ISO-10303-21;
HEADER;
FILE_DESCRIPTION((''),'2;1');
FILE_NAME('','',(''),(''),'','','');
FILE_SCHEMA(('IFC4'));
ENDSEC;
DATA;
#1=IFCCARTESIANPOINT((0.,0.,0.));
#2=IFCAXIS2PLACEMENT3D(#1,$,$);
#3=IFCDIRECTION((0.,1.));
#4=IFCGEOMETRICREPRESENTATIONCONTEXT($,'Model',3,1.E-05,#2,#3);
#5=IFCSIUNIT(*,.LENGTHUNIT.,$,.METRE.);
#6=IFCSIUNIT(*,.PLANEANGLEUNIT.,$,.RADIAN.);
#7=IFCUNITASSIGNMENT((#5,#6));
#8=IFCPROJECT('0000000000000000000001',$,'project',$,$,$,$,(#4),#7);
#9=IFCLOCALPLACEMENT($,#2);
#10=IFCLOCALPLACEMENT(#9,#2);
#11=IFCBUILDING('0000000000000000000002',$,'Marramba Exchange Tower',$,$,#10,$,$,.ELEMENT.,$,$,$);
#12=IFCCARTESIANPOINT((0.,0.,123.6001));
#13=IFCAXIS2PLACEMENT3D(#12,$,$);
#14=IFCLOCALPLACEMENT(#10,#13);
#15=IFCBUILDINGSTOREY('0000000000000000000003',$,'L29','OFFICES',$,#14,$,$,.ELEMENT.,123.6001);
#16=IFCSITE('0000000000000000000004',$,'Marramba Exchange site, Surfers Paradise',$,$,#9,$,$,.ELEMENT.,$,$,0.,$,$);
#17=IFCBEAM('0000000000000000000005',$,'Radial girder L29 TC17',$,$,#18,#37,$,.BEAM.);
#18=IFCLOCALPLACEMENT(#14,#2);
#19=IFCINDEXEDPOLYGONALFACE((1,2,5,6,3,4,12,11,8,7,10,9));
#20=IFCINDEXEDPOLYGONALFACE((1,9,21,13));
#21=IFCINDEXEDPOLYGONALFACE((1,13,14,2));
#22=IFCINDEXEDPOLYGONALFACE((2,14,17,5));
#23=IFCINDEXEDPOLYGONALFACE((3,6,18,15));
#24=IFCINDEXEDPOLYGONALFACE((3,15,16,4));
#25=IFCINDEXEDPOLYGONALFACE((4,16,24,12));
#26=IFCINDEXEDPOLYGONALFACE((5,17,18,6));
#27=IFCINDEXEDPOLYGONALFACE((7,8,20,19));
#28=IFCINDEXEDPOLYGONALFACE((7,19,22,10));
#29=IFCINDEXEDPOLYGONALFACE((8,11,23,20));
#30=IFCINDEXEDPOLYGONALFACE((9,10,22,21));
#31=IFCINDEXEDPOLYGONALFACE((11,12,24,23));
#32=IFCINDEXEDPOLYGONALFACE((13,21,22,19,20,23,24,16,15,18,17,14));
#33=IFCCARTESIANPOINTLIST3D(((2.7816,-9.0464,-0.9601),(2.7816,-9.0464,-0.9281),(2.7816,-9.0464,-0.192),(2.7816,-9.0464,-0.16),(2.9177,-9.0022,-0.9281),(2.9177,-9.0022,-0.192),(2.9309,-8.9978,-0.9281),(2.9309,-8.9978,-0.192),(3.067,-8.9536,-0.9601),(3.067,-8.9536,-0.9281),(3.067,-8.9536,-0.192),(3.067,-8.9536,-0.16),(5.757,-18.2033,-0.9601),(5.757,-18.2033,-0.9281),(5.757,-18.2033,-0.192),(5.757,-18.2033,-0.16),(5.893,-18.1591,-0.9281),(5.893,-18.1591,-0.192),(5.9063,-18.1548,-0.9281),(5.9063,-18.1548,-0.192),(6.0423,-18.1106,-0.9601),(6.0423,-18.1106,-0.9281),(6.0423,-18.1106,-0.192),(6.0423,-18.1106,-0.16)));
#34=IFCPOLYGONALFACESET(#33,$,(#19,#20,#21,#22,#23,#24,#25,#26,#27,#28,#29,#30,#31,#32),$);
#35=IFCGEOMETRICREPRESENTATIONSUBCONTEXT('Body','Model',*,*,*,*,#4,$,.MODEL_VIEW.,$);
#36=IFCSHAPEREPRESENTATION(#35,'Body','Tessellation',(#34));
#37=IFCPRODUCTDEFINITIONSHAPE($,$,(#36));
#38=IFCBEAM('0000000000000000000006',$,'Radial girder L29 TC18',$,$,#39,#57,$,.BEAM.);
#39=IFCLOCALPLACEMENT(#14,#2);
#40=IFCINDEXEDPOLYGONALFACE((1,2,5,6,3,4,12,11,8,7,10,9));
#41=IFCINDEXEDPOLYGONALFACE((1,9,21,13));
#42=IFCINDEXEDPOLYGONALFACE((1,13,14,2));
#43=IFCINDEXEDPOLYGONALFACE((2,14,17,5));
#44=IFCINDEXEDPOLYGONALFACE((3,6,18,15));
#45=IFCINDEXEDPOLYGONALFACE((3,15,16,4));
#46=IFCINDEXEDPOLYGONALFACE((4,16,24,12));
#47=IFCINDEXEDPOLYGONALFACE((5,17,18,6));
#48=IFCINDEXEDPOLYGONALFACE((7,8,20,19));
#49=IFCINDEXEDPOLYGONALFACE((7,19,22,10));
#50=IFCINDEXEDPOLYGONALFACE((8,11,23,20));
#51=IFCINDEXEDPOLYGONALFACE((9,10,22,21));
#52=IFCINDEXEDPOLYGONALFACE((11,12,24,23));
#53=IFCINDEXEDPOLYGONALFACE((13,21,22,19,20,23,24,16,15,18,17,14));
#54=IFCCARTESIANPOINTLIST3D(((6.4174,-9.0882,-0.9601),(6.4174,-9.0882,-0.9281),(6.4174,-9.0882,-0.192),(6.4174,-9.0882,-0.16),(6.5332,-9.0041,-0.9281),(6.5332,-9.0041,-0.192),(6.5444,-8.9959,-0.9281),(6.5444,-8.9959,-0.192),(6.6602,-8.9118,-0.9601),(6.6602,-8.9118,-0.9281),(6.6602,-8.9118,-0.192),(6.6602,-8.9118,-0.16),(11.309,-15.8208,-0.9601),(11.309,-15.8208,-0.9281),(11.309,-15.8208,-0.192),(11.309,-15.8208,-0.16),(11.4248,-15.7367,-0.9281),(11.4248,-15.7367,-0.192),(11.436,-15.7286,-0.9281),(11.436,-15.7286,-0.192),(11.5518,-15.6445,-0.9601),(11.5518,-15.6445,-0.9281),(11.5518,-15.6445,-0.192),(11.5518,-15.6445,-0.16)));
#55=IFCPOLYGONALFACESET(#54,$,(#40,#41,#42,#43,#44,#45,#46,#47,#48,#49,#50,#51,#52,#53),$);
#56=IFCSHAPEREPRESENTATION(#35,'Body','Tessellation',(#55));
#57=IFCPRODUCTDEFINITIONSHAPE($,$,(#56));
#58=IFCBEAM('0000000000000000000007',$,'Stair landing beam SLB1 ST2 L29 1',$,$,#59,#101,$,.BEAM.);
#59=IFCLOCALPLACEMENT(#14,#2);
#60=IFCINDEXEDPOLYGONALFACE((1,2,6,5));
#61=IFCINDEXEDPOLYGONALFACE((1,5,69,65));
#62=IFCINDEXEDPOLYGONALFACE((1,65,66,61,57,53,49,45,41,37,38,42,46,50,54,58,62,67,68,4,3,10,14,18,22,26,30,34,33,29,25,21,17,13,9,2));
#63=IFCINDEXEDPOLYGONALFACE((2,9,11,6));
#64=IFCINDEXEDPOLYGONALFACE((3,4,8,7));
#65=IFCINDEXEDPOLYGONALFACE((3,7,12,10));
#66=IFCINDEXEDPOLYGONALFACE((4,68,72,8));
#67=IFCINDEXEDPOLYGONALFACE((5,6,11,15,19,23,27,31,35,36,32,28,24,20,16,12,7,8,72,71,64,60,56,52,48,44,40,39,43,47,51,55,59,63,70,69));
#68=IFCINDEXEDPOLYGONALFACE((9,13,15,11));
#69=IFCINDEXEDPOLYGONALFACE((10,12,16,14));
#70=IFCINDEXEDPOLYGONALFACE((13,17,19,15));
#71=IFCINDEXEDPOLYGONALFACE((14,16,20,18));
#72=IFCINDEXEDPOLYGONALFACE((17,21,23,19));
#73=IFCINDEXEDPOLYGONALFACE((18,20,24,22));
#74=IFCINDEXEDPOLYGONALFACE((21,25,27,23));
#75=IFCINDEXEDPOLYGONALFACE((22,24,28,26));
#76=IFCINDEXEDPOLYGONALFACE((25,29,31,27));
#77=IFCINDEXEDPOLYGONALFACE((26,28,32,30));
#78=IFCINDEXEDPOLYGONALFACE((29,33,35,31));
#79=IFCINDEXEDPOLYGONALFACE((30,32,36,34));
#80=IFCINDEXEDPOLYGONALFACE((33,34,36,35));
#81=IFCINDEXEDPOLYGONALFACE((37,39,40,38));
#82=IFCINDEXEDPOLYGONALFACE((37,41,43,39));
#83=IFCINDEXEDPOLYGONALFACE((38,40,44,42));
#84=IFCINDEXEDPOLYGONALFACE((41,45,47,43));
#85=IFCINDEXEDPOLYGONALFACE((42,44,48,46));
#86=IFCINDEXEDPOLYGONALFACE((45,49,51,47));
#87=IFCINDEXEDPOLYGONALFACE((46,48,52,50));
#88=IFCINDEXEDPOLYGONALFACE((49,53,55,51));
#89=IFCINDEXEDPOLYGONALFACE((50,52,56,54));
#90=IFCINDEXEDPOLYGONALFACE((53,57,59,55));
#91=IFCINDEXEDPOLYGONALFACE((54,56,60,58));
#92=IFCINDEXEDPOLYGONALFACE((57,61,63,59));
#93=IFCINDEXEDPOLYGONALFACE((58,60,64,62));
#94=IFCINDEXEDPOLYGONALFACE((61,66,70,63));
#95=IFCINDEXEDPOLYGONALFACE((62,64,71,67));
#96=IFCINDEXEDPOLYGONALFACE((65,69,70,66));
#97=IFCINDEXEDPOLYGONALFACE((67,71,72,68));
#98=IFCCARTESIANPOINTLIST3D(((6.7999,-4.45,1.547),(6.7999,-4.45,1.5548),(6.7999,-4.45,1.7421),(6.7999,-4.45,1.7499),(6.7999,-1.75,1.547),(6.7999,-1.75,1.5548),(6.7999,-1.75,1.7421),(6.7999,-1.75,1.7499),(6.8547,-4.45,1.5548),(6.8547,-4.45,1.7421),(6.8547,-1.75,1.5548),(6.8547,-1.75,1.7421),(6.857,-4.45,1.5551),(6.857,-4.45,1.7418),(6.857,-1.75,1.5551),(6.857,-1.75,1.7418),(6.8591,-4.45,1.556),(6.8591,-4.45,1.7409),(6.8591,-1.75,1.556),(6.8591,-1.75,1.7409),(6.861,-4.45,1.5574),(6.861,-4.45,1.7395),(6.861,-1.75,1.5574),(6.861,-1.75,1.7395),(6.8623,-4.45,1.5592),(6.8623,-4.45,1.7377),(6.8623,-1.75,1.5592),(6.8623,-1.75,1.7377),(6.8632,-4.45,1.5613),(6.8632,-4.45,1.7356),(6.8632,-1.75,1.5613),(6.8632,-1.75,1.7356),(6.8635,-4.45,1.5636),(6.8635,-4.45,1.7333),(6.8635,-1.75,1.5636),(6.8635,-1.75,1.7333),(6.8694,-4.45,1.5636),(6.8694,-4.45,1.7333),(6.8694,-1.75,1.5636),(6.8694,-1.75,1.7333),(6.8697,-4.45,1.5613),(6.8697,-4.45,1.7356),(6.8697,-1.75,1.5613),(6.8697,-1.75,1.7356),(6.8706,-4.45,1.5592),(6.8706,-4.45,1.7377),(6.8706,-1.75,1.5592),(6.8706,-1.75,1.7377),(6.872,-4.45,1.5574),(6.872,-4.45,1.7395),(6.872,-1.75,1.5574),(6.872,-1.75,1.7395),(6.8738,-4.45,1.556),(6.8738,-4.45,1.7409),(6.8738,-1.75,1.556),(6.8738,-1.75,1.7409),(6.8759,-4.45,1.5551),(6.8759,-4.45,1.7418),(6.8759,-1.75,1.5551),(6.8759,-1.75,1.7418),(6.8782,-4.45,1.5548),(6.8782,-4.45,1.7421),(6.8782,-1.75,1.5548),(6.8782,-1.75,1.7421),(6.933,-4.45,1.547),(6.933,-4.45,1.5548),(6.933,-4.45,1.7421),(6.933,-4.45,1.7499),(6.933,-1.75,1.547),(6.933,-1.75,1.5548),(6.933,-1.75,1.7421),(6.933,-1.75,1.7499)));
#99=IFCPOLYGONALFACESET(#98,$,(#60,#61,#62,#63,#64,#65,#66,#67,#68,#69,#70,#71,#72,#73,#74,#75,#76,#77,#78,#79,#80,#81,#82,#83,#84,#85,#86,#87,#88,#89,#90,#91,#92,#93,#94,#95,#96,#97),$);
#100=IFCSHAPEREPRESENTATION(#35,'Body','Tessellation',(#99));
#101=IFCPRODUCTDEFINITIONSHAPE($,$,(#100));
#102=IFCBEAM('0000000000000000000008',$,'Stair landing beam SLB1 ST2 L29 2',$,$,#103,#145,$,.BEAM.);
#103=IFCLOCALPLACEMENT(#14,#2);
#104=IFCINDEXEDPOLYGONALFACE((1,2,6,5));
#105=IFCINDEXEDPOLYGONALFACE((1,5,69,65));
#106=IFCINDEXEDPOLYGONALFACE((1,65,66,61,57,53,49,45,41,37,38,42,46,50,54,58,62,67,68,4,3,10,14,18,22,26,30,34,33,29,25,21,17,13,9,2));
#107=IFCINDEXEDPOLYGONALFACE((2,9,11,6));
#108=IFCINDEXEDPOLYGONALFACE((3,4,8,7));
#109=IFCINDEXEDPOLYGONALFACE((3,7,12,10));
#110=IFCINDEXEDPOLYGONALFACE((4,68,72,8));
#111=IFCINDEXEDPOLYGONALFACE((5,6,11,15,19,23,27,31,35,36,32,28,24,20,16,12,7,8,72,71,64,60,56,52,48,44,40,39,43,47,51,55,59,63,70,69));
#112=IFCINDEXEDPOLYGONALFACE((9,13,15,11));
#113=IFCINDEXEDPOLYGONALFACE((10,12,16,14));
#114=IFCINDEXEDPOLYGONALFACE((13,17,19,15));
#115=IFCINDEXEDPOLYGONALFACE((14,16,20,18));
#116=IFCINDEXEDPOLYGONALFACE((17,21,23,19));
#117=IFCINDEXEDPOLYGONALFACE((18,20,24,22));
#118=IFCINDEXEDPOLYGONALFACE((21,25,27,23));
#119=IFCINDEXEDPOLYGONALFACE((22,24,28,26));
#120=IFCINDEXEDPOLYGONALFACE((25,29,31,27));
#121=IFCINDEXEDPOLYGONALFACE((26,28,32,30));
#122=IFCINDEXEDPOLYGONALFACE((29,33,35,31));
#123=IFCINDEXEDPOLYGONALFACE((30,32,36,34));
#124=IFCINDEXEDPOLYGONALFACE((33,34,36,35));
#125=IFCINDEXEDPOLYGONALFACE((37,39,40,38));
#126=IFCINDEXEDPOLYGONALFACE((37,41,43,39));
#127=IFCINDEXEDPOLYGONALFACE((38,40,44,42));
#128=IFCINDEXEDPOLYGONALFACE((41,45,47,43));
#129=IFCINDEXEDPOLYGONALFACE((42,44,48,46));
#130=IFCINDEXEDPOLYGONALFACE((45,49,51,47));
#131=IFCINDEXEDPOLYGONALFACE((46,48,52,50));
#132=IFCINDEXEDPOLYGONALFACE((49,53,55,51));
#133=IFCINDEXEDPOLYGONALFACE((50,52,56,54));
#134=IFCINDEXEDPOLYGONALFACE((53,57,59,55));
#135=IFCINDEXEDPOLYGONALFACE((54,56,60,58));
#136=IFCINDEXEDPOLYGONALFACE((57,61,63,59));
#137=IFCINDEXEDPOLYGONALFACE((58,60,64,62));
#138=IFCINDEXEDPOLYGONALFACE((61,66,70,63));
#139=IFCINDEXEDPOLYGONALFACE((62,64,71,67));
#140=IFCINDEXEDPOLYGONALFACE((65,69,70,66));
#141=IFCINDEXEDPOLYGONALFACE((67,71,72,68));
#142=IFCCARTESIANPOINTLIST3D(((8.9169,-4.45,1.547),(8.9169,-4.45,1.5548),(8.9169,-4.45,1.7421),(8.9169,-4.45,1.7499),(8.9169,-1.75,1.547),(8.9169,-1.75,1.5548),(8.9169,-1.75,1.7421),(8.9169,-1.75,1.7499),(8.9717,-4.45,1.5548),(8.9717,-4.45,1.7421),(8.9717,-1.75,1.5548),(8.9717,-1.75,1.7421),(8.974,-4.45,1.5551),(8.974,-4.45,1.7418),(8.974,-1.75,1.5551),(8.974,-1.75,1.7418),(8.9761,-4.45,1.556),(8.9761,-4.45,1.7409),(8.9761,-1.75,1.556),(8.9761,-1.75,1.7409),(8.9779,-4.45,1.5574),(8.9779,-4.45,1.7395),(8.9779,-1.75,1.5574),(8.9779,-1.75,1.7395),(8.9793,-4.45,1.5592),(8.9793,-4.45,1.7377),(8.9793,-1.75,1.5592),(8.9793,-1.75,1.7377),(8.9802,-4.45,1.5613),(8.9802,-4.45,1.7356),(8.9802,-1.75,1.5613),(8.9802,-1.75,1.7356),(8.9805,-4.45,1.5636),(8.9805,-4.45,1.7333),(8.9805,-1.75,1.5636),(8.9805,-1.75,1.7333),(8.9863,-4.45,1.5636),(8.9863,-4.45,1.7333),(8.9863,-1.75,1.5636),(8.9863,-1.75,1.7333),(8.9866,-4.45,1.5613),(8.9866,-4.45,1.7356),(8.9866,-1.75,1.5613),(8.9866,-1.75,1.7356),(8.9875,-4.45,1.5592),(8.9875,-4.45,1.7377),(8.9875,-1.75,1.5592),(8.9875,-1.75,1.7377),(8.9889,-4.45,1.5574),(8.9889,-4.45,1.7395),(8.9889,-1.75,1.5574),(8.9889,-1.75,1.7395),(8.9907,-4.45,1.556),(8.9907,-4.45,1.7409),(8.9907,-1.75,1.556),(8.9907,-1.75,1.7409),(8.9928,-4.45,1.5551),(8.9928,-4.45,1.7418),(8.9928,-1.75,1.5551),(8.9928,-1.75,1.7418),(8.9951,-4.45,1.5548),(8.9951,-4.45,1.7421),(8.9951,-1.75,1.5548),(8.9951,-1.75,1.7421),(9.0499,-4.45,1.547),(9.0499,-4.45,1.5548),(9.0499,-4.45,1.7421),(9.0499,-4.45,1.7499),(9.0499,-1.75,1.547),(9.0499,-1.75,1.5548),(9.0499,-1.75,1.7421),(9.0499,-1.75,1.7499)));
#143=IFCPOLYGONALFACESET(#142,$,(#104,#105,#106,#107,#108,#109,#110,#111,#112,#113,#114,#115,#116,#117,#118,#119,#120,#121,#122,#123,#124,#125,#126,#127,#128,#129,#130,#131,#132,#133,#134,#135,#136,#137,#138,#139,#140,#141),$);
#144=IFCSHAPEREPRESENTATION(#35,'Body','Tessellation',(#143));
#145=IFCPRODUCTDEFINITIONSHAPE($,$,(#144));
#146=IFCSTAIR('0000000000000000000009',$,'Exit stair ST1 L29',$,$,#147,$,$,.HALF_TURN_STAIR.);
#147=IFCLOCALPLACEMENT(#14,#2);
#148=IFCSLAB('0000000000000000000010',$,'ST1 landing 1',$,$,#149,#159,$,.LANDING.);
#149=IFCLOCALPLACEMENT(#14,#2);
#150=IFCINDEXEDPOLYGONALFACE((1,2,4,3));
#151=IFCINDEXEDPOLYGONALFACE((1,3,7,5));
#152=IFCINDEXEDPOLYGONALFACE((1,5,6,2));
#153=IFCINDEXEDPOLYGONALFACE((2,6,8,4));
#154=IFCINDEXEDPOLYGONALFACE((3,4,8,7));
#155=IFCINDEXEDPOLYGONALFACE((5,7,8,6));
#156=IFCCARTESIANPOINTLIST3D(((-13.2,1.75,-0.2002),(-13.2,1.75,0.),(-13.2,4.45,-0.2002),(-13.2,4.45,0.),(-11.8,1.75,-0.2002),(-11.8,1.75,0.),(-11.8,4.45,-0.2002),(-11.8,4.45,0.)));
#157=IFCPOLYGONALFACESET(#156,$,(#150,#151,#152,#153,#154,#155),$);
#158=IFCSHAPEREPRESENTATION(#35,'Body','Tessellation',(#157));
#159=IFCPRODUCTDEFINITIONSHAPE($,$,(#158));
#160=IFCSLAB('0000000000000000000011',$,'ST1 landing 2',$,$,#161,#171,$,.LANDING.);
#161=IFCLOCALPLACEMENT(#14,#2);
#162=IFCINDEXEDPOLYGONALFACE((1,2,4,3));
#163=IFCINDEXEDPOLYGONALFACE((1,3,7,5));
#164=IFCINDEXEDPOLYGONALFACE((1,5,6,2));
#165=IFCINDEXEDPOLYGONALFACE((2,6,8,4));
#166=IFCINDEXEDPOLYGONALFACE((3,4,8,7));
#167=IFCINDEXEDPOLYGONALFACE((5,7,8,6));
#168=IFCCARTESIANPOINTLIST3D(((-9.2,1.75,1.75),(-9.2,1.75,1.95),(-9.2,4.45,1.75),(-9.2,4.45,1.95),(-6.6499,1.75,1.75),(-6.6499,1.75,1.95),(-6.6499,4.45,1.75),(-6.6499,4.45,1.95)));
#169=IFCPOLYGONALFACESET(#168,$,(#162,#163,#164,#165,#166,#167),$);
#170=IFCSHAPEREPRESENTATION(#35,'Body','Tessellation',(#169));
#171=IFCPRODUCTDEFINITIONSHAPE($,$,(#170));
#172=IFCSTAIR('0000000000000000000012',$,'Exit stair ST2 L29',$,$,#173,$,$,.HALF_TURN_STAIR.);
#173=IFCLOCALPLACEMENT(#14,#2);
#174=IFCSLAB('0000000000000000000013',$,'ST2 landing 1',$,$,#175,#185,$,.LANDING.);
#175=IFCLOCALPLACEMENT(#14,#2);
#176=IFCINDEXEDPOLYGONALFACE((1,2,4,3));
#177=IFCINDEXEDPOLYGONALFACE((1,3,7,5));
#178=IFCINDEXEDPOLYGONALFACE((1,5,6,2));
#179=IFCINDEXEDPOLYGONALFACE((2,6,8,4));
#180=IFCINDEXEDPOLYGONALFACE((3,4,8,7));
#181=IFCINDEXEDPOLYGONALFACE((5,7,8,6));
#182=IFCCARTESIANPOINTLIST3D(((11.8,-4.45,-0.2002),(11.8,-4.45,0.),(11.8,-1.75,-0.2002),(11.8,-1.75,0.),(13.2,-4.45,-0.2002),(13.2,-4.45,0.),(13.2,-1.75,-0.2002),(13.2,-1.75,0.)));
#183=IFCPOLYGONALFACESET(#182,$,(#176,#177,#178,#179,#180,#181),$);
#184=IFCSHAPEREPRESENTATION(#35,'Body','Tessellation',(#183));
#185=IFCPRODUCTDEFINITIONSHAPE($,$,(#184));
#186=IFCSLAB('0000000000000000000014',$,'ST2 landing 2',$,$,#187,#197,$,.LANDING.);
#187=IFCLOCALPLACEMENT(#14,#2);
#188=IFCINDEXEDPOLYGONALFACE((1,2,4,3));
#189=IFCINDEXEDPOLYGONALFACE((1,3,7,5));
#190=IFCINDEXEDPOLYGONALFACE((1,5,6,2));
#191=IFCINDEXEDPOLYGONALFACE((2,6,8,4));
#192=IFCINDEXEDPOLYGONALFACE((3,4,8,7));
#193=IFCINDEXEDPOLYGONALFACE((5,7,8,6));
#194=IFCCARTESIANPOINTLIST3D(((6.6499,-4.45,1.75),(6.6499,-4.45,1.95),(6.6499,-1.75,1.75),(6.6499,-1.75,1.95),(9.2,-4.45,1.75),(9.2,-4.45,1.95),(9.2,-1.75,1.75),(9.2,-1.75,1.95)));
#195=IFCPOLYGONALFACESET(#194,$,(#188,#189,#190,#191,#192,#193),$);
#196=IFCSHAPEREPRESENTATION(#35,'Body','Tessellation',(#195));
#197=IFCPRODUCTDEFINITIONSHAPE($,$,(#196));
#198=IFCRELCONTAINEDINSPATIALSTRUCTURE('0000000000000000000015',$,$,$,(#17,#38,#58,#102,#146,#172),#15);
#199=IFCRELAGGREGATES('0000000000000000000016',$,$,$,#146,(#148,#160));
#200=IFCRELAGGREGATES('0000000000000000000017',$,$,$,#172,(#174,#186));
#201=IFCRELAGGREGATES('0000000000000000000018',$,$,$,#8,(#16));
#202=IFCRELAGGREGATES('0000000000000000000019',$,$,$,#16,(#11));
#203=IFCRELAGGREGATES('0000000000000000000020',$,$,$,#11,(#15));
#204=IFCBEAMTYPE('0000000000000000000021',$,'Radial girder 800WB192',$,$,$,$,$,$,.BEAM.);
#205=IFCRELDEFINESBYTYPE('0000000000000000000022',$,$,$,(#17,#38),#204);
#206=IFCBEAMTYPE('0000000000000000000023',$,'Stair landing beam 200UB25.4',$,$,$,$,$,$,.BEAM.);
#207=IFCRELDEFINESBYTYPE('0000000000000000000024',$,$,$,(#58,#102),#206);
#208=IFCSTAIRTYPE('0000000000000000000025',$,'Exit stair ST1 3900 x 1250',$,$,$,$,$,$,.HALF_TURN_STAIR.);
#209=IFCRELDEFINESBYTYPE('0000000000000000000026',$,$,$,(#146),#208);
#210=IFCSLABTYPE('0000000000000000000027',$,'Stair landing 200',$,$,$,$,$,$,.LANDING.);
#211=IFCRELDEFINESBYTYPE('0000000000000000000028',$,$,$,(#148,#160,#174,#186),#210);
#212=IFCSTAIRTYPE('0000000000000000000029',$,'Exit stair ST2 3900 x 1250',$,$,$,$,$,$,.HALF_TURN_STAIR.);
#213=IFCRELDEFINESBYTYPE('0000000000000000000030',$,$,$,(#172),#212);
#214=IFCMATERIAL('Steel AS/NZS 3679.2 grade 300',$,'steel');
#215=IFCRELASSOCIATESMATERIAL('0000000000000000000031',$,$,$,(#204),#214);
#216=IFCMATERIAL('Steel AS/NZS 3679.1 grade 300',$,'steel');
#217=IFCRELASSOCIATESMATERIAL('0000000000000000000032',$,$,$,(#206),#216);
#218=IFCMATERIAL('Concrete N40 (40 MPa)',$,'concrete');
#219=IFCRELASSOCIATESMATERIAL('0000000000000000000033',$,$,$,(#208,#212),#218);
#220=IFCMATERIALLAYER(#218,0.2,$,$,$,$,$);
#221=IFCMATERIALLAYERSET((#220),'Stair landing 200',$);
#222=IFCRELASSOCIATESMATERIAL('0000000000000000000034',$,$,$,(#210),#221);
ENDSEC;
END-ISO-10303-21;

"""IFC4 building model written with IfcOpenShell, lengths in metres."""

from ifc_helpers import new_model, si_unit, direction, frame, origin, origin_2d, place, context, subcontext, project, spatial, polyline, i_section, outline, extrude, material, layer, layer_set, material_profile, profile_set, type_object, element, aggregate, save


model = new_model("IFC4")

# Units and contexts
model_context = context("Model", 3, precision=1e-05, world=origin(), true_north=direction((0.0, 1.0)))
body_context = subcontext(model_context, "Body", "Model", "MODEL_VIEW")
ifc_project = project(units=[si_unit("LENGTHUNIT", "METRE"), si_unit("PLANEANGLEUNIT", "RADIAN")], contexts=[model_context])

# Site, building, storey
site_placement = place(None, origin())
site = spatial("IfcSite", under=ifc_project, at=site_placement, Name="Marramba Exchange site, Surfers Paradise", CompositionType="ELEMENT", RefElevation=0.0)
building_placement = place(site_placement, origin())
building = spatial("IfcBuilding", under=site, at=building_placement, Name="Marramba Exchange Tower", CompositionType="ELEMENT")
storey_placement = place(building_placement, frame((0.0, 0.0, 123.6001)))
storey = spatial("IfcBuildingStorey", under=building, at=storey_placement, Name="L29", Description="OFFICES", CompositionType="ELEMENT", Elevation=123.6001)

# Beams
ifc_material_1 = material(Name="Steel AS/NZS 3679.2 grade 300", Category="steel")
ifc_material_profile_1 = material_profile(ifc_material_1, i_section(OverallWidth=0.3, OverallDepth=0.8, WebThickness=0.0139, FlangeThickness=0.032, at=origin_2d()), Name="800WB192")
ifc_profile_set_1 = profile_set([ifc_material_profile_1], Name="Steel AS/NZS 3679.2 grade 300")
beam_type_1 = type_object("IfcBeamType", Name="Radial girder 800WB192", PredefinedType="BEAM", material=ifc_profile_set_1)
beam_1_placement = place(storey_placement, frame((2.9243, -9.0, -0.5601), z_axis=(0.309022, -0.951055, 0.0), x_axis=(0.951055, 0.309022, 0.0)))
element("IfcBeam", 1, at=beam_1_placement, inside=storey, type_object=beam_type_1, Name="Radial girder L29 TC17", PredefinedType="BEAM", context=body_context, shape_type="SweptSolid", body=[
    extrude(i_section(OverallWidth=0.3, OverallDepth=0.8, WebThickness=0.0139, FlangeThickness=0.032, at=origin_2d()), origin(), (0.0, 0.0, 1.0), 9.6282),
])
beam_2_placement = place(storey_placement, frame((6.5388, -9.0, -0.5601), z_axis=(0.587788, -0.809015, 0.0), x_axis=(0.809015, 0.587788, 0.0)))
element("IfcBeam", 2, at=beam_2_placement, inside=storey, type_object=beam_type_1, Name="Radial girder L29 TC18", PredefinedType="BEAM", context=body_context, shape_type="SweptSolid", body=[
    extrude(i_section(OverallWidth=0.3, OverallDepth=0.8, WebThickness=0.0139, FlangeThickness=0.032, at=origin_2d()), origin(), (0.0, 0.0, 1.0), 8.322),
])
ifc_material_2 = material(Name="Steel AS/NZS 3679.1 grade 300", Category="steel")
ifc_material_profile_2 = material_profile(ifc_material_2, i_section(OverallWidth=0.1331, OverallDepth=0.2029, WebThickness=0.0059, FlangeThickness=0.0078, FilletRadius=0.0088, at=origin_2d()), Name="200UB25.4")
ifc_profile_set_2 = profile_set([ifc_material_profile_2], Name="Steel AS/NZS 3679.1 grade 300")
beam_type_2 = type_object("IfcBeamType", Name="Stair landing beam 200UB25.4", PredefinedType="BEAM", material=ifc_profile_set_2)
for number, where, z_axis, x_axis, name in (
    (3, (6.8665, -4.45, 1.6484), (0.0, 1.0, 0.0), (-1.0, 0.0, 0.0), "Stair landing beam SLB1 ST2 L29 1"),
    (4, (8.9834, -4.45, 1.6484), (0.0, 1.0, 0.0), (-1.0, 0.0, 0.0), "Stair landing beam SLB1 ST2 L29 2"),
):
    element("IfcBeam", number, at=place(storey_placement, frame(where, z_axis=z_axis, x_axis=x_axis)), inside=storey, type_object=beam_type_2, Name=name, PredefinedType="BEAM", context=body_context, shape_type="SweptSolid", body=[
        extrude(i_section(OverallWidth=0.1331, OverallDepth=0.2029, WebThickness=0.0059, FlangeThickness=0.0078, FilletRadius=0.0088, at=origin_2d()), origin(), (0.0, 0.0, 1.0), 2.7),
    ])

# Stairs, slabs
ifc_material_3 = material(Name="Concrete N40 (40 MPa)", Category="concrete")
stair_type_1 = type_object("IfcStairType", Name="Exit stair ST1 3900 x 1250", PredefinedType="HALF_TURN_STAIR", material=ifc_material_3)
stair_1_placement = place(storey_placement, origin())
stair_1 = element("IfcStair", 5, at=stair_1_placement, inside=storey, type_object=stair_type_1, Name="Exit stair ST1 L29", PredefinedType="HALF_TURN_STAIR")
ifc_layer_1 = layer(ifc_material_3, 0.2)
ifc_layer_set_1 = layer_set([ifc_layer_1], Name="Stair landing 200")
slab_type = type_object("IfcSlabType", Name="Stair landing 200", PredefinedType="LANDING", material=ifc_layer_set_1)
slab_1_placement = place(storey_placement, frame((0.0, 0.0, -0.2002)))
slab_1 = element("IfcSlab", 6, at=slab_1_placement, type_object=slab_type, Name="ST1 landing 1", PredefinedType="LANDING", context=body_context, shape_type="SweptSolid", body=[
    extrude(outline(polyline([(-13.2, 1.75), (-11.8, 1.75), (-11.8, 4.45), (-13.2, 4.45), (-13.2, 1.75)])), origin(), (0.0, 0.0, 1.0), 0.2002),
])
slab_2_placement = place(storey_placement, frame((0.0, 0.0, 1.75)))
slab_2 = element("IfcSlab", 7, at=slab_2_placement, type_object=slab_type, Name="ST1 landing 2", PredefinedType="LANDING", context=body_context, shape_type="SweptSolid", body=[
    extrude(outline(polyline([(-9.2, 1.75), (-6.6499, 1.75), (-6.6499, 4.45), (-9.2, 4.45), (-9.2, 1.75)])), origin(), (0.0, 0.0, 1.0), 0.2),
])
aggregate(stair_1, [slab_1, slab_2])
stair_type_2 = type_object("IfcStairType", Name="Exit stair ST2 3900 x 1250", PredefinedType="HALF_TURN_STAIR", material=ifc_material_3)
stair_2_placement = place(storey_placement, origin())
stair_2 = element("IfcStair", 8, at=stair_2_placement, inside=storey, type_object=stair_type_2, Name="Exit stair ST2 L29", PredefinedType="HALF_TURN_STAIR")
slab_3_placement = place(storey_placement, frame((0.0, 0.0, -0.2002)))
slab_3 = element("IfcSlab", 9, at=slab_3_placement, type_object=slab_type, Name="ST2 landing 1", PredefinedType="LANDING", context=body_context, shape_type="SweptSolid", body=[
    extrude(outline(polyline([(11.8, -4.45), (13.2, -4.45), (13.2, -1.75), (11.8, -1.75), (11.8, -4.45)])), origin(), (0.0, 0.0, 1.0), 0.2002),
])
slab_4_placement = place(storey_placement, frame((0.0, 0.0, 1.75)))
slab_4 = element("IfcSlab", 10, at=slab_4_placement, type_object=slab_type, Name="ST2 landing 2", PredefinedType="LANDING", context=body_context, shape_type="SweptSolid", body=[
    extrude(outline(polyline([(6.6499, -4.45), (9.2, -4.45), (9.2, -1.75), (6.6499, -1.75), (6.6499, -4.45)])), origin(), (0.0, 0.0, 1.0), 0.2),
])

aggregate(stair_2, [slab_3, slab_4])

save(model, "model.ifc")
